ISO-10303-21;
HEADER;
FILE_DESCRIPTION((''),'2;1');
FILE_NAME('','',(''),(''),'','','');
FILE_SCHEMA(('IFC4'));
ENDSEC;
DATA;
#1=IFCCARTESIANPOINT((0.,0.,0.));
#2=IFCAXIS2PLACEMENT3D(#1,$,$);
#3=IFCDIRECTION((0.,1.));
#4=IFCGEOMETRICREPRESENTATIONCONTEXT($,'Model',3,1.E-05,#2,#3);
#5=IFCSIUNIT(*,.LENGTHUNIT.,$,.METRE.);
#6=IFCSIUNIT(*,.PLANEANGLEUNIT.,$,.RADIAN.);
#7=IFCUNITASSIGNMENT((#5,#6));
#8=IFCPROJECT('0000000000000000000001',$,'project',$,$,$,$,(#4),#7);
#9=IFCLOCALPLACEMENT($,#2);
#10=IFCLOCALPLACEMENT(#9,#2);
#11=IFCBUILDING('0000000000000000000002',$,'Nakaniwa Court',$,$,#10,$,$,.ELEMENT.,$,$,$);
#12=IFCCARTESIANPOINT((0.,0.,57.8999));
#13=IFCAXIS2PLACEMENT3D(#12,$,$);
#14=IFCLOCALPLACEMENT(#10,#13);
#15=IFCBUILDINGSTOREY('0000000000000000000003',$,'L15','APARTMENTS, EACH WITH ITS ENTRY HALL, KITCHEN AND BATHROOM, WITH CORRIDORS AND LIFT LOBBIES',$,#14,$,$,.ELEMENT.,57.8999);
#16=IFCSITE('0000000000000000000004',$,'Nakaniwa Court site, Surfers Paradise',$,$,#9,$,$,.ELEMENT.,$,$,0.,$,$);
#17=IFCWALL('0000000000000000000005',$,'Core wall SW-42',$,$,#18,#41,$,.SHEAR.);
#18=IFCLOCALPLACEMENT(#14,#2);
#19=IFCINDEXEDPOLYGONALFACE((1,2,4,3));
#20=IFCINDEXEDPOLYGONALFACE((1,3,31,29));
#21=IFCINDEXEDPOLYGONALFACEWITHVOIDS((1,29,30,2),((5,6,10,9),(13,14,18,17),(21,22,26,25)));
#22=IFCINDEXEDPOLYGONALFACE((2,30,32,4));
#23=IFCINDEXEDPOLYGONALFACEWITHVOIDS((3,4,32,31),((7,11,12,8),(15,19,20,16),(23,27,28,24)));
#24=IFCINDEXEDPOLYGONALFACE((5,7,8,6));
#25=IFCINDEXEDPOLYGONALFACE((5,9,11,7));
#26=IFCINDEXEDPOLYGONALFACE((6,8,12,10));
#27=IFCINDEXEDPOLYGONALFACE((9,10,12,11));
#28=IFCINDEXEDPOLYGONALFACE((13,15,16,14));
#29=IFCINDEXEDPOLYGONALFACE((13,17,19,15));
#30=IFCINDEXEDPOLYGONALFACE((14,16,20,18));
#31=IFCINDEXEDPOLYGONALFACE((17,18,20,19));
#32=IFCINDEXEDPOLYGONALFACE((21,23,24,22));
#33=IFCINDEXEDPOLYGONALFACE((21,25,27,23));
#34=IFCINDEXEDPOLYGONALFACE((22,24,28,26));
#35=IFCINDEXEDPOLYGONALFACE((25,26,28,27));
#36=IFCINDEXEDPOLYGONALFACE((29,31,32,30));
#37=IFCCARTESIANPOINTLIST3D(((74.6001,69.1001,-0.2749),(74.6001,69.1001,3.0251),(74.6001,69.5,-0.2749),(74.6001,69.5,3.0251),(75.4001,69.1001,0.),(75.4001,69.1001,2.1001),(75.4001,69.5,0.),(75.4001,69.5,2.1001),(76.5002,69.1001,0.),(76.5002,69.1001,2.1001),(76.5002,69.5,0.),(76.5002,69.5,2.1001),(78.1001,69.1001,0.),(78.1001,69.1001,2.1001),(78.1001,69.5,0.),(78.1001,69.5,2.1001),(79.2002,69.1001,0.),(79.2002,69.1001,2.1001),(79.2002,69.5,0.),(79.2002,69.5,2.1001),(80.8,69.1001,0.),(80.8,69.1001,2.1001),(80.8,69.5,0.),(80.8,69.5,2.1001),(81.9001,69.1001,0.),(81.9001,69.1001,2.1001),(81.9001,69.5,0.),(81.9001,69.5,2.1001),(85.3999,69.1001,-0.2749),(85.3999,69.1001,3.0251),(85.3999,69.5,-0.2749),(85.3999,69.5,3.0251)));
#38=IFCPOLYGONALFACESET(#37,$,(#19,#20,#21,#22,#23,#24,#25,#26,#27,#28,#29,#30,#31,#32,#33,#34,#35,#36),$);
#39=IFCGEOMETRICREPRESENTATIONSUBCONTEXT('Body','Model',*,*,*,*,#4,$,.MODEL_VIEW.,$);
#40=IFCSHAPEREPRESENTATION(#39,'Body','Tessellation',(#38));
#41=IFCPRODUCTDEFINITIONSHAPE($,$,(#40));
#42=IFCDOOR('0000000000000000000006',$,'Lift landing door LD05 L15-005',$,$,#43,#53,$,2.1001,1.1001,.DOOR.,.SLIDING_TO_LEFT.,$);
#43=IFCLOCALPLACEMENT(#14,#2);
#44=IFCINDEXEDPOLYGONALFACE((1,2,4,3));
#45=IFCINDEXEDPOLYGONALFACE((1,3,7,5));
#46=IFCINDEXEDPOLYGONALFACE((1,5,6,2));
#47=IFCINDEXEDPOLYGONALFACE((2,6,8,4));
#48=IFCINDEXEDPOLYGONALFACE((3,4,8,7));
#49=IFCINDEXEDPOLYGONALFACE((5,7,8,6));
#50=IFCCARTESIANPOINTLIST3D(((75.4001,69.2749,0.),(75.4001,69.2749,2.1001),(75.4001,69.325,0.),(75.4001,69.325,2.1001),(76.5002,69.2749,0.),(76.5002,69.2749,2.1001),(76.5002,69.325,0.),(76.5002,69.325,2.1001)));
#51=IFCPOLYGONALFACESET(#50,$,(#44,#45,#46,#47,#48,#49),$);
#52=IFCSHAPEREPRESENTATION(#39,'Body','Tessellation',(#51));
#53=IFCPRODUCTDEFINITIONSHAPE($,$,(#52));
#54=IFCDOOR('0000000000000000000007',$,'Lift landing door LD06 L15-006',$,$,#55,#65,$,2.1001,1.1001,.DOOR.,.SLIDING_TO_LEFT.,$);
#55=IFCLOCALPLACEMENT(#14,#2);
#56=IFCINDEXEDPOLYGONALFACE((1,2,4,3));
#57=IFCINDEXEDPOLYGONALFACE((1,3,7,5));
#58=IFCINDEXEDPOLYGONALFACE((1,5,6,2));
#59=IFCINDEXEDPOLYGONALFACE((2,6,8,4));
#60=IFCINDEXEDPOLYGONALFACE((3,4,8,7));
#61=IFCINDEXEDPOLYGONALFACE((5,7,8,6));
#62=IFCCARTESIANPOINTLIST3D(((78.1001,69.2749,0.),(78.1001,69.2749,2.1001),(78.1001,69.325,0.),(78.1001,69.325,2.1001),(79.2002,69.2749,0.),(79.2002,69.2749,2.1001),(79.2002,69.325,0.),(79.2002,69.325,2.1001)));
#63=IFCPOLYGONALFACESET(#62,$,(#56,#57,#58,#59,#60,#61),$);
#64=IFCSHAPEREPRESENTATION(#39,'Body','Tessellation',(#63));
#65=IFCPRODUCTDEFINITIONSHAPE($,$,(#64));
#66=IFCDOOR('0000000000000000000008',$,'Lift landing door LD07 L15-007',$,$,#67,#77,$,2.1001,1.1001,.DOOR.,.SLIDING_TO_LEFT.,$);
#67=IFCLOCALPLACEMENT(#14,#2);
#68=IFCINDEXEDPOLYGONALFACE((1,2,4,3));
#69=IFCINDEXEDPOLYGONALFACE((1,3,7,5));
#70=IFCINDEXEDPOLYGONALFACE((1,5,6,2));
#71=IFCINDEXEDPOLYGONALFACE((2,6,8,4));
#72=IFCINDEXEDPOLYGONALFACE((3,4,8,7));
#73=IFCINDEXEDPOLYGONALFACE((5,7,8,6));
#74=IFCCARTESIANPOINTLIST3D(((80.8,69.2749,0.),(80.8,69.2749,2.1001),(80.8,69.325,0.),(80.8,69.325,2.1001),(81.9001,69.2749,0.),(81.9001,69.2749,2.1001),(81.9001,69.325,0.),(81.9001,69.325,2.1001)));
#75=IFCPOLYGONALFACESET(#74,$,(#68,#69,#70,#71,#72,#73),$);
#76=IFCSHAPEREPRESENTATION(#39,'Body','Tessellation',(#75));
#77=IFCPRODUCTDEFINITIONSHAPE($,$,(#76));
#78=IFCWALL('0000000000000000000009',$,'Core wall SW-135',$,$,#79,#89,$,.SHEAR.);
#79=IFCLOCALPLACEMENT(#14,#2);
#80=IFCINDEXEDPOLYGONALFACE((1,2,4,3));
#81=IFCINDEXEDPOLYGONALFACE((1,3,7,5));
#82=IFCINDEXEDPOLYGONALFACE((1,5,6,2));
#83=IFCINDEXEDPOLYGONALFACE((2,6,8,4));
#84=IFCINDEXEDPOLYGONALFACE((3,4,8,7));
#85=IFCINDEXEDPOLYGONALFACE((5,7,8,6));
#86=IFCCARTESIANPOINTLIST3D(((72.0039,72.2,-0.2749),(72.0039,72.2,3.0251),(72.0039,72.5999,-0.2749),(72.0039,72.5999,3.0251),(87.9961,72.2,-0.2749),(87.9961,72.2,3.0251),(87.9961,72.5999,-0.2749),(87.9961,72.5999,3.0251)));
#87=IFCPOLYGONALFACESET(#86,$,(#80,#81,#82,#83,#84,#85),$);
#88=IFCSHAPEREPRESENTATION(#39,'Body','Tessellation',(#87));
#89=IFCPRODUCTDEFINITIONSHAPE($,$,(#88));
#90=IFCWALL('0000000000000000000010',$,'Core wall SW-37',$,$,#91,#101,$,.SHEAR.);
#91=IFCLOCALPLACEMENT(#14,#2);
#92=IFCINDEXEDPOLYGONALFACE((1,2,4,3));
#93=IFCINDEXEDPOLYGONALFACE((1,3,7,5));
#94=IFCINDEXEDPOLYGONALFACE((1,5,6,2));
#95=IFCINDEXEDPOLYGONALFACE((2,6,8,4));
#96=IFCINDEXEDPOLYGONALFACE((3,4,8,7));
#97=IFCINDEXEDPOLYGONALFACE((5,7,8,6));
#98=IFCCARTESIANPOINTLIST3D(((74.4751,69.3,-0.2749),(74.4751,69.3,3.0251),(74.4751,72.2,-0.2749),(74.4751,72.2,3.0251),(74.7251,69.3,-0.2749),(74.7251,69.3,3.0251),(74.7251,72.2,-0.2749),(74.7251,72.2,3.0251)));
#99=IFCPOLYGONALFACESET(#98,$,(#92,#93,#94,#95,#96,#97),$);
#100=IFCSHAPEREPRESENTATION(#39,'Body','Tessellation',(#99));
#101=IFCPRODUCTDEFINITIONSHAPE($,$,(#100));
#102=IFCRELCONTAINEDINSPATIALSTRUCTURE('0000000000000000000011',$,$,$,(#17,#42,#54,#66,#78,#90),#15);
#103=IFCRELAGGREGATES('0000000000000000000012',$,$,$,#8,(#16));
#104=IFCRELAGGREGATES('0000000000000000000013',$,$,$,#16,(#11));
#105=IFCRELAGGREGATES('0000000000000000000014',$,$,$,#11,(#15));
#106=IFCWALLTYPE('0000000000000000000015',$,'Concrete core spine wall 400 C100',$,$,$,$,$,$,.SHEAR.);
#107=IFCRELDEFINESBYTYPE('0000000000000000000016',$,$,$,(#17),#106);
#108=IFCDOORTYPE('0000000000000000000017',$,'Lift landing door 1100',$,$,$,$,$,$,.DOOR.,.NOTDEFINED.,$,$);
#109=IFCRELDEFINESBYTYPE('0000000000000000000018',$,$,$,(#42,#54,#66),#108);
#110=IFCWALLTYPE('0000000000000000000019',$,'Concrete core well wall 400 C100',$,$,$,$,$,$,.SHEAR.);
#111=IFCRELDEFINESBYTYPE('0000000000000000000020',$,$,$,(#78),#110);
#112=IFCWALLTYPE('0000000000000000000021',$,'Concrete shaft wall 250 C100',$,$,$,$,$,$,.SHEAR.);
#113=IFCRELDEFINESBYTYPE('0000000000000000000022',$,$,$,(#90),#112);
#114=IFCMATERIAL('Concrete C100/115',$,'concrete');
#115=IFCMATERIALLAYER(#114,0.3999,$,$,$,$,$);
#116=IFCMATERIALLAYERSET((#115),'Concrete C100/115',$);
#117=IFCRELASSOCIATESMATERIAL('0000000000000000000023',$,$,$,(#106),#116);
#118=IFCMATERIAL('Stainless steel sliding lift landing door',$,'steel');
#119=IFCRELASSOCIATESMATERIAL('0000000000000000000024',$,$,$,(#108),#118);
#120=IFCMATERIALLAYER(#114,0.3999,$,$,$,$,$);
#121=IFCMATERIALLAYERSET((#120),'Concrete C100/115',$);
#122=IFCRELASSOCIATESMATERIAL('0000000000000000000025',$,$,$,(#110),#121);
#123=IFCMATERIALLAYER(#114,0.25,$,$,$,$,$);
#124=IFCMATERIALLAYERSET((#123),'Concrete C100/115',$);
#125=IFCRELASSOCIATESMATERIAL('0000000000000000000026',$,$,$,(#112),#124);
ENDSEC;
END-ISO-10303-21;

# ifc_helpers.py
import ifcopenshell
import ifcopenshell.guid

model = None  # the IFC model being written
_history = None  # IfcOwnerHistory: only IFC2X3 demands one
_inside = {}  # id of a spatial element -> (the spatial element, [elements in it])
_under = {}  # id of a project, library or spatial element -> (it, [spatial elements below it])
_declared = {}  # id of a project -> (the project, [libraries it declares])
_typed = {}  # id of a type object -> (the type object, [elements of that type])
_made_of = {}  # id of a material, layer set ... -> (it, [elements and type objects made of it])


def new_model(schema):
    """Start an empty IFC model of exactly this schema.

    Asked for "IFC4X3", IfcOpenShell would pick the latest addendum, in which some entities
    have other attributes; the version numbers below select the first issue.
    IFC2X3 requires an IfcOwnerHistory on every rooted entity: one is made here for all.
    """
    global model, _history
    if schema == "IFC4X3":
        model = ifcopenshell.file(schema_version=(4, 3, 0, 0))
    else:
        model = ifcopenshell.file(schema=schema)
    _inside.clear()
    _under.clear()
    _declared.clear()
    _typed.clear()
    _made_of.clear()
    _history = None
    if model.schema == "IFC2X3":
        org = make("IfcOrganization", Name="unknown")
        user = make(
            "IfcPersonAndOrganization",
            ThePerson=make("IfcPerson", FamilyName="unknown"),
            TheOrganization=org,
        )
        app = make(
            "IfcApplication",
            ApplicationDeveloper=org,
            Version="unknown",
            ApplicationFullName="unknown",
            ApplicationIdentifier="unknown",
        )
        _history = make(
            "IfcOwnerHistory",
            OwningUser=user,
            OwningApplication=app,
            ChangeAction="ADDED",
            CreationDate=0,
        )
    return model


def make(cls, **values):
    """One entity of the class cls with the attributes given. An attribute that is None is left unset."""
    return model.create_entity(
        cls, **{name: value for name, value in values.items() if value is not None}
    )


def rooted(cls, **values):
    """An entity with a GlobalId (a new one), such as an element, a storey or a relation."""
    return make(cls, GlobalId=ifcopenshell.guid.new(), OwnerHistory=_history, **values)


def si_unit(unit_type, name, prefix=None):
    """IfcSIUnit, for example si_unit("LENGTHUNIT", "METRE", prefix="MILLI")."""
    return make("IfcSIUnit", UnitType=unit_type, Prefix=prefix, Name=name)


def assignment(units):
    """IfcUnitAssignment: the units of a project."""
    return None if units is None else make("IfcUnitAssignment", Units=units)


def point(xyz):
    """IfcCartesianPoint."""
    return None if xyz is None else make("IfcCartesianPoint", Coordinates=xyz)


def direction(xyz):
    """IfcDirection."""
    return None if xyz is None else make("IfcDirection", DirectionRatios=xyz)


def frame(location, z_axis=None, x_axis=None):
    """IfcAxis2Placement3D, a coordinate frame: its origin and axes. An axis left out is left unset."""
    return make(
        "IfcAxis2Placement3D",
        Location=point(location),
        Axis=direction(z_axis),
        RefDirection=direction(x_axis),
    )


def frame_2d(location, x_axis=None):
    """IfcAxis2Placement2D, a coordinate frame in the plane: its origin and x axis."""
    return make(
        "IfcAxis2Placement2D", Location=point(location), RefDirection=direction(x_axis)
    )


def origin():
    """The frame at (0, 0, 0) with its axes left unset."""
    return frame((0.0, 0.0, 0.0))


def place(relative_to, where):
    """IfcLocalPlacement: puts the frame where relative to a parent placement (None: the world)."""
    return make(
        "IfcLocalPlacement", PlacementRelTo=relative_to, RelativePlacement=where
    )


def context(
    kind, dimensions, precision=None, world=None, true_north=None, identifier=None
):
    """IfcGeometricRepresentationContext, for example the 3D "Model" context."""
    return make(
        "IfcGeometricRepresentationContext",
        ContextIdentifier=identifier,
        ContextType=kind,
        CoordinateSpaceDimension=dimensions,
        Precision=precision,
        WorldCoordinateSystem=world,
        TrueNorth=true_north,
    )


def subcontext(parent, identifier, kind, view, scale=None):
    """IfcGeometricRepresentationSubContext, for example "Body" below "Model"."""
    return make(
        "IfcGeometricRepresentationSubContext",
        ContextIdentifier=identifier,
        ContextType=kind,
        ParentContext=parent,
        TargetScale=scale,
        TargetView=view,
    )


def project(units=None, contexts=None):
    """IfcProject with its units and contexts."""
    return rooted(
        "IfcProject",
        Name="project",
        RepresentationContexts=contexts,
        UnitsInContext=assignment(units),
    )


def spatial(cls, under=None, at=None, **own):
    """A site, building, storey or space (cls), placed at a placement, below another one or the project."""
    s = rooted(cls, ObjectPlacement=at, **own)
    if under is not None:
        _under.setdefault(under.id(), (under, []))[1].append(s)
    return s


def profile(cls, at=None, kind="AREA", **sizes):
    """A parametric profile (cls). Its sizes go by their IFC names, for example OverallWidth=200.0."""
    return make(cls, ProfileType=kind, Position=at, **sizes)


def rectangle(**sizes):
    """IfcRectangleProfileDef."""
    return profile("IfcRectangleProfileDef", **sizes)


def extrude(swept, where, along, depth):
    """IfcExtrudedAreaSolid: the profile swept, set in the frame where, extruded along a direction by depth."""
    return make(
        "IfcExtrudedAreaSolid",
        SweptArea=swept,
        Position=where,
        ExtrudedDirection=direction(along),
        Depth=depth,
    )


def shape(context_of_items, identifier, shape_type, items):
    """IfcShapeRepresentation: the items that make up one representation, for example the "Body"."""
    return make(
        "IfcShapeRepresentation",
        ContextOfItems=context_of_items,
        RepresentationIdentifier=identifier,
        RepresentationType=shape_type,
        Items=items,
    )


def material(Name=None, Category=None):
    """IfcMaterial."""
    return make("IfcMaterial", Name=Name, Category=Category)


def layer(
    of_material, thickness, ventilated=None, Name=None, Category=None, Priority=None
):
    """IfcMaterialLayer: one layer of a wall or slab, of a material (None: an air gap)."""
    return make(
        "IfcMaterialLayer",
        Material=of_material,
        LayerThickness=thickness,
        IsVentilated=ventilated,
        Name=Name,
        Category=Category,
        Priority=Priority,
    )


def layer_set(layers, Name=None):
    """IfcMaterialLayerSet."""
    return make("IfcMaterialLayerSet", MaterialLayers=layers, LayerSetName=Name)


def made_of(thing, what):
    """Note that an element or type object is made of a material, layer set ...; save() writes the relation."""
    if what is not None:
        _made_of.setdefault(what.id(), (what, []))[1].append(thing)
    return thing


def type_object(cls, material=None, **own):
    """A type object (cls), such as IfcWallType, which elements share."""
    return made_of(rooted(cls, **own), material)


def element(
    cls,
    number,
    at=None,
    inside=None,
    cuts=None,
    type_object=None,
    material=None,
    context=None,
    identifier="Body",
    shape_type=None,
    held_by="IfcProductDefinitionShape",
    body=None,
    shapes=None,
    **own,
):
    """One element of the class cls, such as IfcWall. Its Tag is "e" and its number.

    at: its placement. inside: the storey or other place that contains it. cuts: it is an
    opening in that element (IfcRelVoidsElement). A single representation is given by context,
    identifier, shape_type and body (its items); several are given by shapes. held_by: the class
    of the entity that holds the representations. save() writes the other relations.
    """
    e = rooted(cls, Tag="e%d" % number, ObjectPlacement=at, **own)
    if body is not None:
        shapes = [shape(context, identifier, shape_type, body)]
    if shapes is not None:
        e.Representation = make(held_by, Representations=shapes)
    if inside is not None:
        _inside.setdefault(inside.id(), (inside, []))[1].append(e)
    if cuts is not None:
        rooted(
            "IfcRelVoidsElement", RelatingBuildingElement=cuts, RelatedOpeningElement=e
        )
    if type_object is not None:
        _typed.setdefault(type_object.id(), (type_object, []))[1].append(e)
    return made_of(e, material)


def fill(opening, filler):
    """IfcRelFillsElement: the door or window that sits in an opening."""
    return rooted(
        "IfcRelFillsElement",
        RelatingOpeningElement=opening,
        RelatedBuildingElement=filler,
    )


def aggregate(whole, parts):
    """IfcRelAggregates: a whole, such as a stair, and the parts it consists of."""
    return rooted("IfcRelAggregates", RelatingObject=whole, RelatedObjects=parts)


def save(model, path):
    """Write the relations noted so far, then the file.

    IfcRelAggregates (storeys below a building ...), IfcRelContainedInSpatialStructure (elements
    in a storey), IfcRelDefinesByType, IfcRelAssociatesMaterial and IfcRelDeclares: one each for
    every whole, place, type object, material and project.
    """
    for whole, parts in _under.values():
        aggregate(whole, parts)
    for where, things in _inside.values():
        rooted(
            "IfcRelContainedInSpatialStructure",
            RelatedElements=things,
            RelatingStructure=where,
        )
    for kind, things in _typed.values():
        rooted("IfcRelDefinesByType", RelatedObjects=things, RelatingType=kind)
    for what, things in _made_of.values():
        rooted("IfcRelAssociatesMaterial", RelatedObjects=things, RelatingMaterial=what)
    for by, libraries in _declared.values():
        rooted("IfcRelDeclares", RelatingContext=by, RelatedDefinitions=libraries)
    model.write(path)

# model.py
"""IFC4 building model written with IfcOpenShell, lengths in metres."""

from ifc_helpers import new_model, si_unit, direction, frame, frame_2d, origin, place, context, subcontext, project, spatial, rectangle, extrude, material, layer, layer_set, type_object, element, fill, save


model = new_model("IFC4")

# Units and contexts
model_context = context("Model", 3, precision=1e-05, world=origin(), true_north=direction((0.0, 1.0)))
body_context = subcontext(model_context, "Body", "Model", "MODEL_VIEW")
ifc_project = project(units=[si_unit("LENGTHUNIT", "METRE"), si_unit("PLANEANGLEUNIT", "RADIAN")], contexts=[model_context])

# Site, building, storey
site_placement = place(None, origin())
site = spatial("IfcSite", under=ifc_project, at=site_placement, Name="Nakaniwa Court site, Surfers Paradise", CompositionType="ELEMENT", RefElevation=0.0)
building_placement = place(site_placement, origin())
building = spatial("IfcBuilding", under=site, at=building_placement, Name="Nakaniwa Court", CompositionType="ELEMENT")
storey_placement = place(building_placement, frame((0.0, 0.0, 57.8999)))
storey = spatial("IfcBuildingStorey", under=building, at=storey_placement, Name="L15", Description="APARTMENTS, EACH WITH ITS ENTRY HALL, KITCHEN AND BATHROOM, WITH CORRIDORS AND LIFT LOBBIES", CompositionType="ELEMENT", Elevation=57.8999)

# Shared definitions
ifc_material_1 = material(Name="Concrete C100/115", Category="concrete")

# Wall, openings, doors
ifc_layer_1 = layer(ifc_material_1, 0.3999)
ifc_layer_set_1 = layer_set([ifc_layer_1], Name="Concrete C100/115")
wall_type_1 = type_object("IfcWallType", Name="Concrete core spine wall 400 C100", PredefinedType="SHEAR", material=ifc_layer_set_1)
wall_1_placement = place(storey_placement, frame((74.6001, 69.3, -0.2749), z_axis=(0.0, 0.0, 1.0), x_axis=(1.0, 0.0, 0.0)))
wall_1 = element("IfcWall", 1, at=wall_1_placement, inside=storey, type_object=wall_type_1, Name="Core wall SW-42", PredefinedType="SHEAR", context=body_context, shape_type="SweptSolid", body=[
    extrude(rectangle(XDim=10.7998, YDim=0.3999, at=frame_2d((5.3999, 0.0))), origin(), (0.0, 0.0, 1.0), 3.3),
])
opening_1_placement = place(wall_1_placement, frame((0.8, 0.0, 0.2749)))
opening_1 = element("IfcOpeningElement", 2, at=opening_1_placement, cuts=wall_1, PredefinedType="OPENING", context=body_context, shape_type="SweptSolid", body=[
    extrude(rectangle(XDim=1.1001, YDim=2.1001, at=frame_2d((0.55, 1.05))), frame((0.0, 0.21, 0.0), z_axis=(0.0, -1.0, 0.0), x_axis=(1.0, 0.0, 0.0)), (0.0, 0.0, 1.0), 0.4199),
])
opening_2_placement = place(wall_1_placement, frame((3.5, 0.0, 0.2749)))
opening_2 = element("IfcOpeningElement", 3, at=opening_2_placement, cuts=wall_1, PredefinedType="OPENING", context=body_context, shape_type="SweptSolid", body=[
    extrude(rectangle(XDim=1.1001, YDim=2.1001, at=frame_2d((0.55, 1.05))), frame((0.0, 0.21, 0.0), z_axis=(0.0, -1.0, 0.0), x_axis=(1.0, 0.0, 0.0)), (0.0, 0.0, 1.0), 0.4199),
])
opening_3_placement = place(wall_1_placement, frame((6.2, 0.0, 0.2749)))
opening_3 = element("IfcOpeningElement", 4, at=opening_3_placement, cuts=wall_1, PredefinedType="OPENING", context=body_context, shape_type="SweptSolid", body=[
    extrude(rectangle(XDim=1.1001, YDim=2.1001, at=frame_2d((0.55, 1.05))), frame((0.0, 0.21, 0.0), z_axis=(0.0, -1.0, 0.0), x_axis=(1.0, 0.0, 0.0)), (0.0, 0.0, 1.0), 0.4199),
])
ifc_material_2 = material(Name="Stainless steel sliding lift landing door", Category="steel")
door_type_1 = type_object("IfcDoorType", Name="Lift landing door 1100", OperationType="NOTDEFINED", PredefinedType="DOOR", material=ifc_material_2)
door_1_placement = place(opening_1_placement, origin())
door_1 = element("IfcDoor", 5, at=door_1_placement, inside=storey, type_object=door_type_1, Name="Lift landing door LD05 L15-005", OperationType="SLIDING_TO_LEFT", OverallHeight=2.1001, OverallWidth=1.1001, PredefinedType="DOOR", context=body_context, shape_type="SweptSolid", body=[
    extrude(rectangle(XDim=1.1001, YDim=2.1001, at=frame_2d((0.55, 1.05))), frame((0.0, 0.0249, 0.0), z_axis=(0.0, -1.0, 0.0), x_axis=(1.0, 0.0, 0.0)), (0.0, 0.0, 1.0), 0.05),
])
fill(opening_1, door_1)
door_2_placement = place(opening_2_placement, origin())
door_2 = element("IfcDoor", 6, at=door_2_placement, inside=storey, type_object=door_type_1, Name="Lift landing door LD06 L15-006", OperationType="SLIDING_TO_LEFT", OverallHeight=2.1001, OverallWidth=1.1001, PredefinedType="DOOR", context=body_context, shape_type="SweptSolid", body=[
    extrude(rectangle(XDim=1.1001, YDim=2.1001, at=frame_2d((0.55, 1.05))), frame((0.0, 0.0249, 0.0), z_axis=(0.0, -1.0, 0.0), x_axis=(1.0, 0.0, 0.0)), (0.0, 0.0, 1.0), 0.05),
])
fill(opening_2, door_2)
door_3_placement = place(opening_3_placement, origin())
door_3 = element("IfcDoor", 7, at=door_3_placement, inside=storey, type_object=door_type_1, Name="Lift landing door LD07 L15-007", OperationType="SLIDING_TO_LEFT", OverallHeight=2.1001, OverallWidth=1.1001, PredefinedType="DOOR", context=body_context, shape_type="SweptSolid", body=[
    extrude(rectangle(XDim=1.1001, YDim=2.1001, at=frame_2d((0.55, 1.05))), frame((0.0, 0.0249, 0.0), z_axis=(0.0, -1.0, 0.0), x_axis=(1.0, 0.0, 0.0)), (0.0, 0.0, 1.0), 0.05),
])
fill(opening_3, door_3)

# Walls
ifc_layer_2 = layer(ifc_material_1, 0.3999)
ifc_layer_set_2 = layer_set([ifc_layer_2], Name="Concrete C100/115")
wall_type_2 = type_object("IfcWallType", Name="Concrete core well wall 400 C100", PredefinedType="SHEAR", material=ifc_layer_set_2)
wall_2_placement = place(storey_placement, frame((72.0039, 72.3999, -0.2749), z_axis=(0.0, 0.0, 1.0), x_axis=(1.0, 0.0, 0.0)))
element("IfcWall", 8, at=wall_2_placement, inside=storey, type_object=wall_type_2, Name="Core wall SW-135", PredefinedType="SHEAR", context=body_context, shape_type="SweptSolid", body=[
    extrude(rectangle(XDim=15.9922, YDim=0.3999, at=frame_2d((7.9961, 0.0))), origin(), (0.0, 0.0, 1.0), 3.3),
])
ifc_layer_3 = layer(ifc_material_1, 0.25)
ifc_layer_set_3 = layer_set([ifc_layer_3], Name="Concrete C100/115")
wall_type_3 = type_object("IfcWallType", Name="Concrete shaft wall 250 C100", PredefinedType="SHEAR", material=ifc_layer_set_3)
wall_3_placement = place(storey_placement, frame((74.6001, 69.3, -0.2749), z_axis=(0.0, 0.0, 1.0), x_axis=(0.0, 1.0, 0.0)))
element("IfcWall", 9, at=wall_3_placement, inside=storey, type_object=wall_type_3, Name="Core wall SW-37", PredefinedType="SHEAR", context=body_context, shape_type="SweptSolid", body=[
    extrude(rectangle(XDim=2.8999, YDim=0.25, at=frame_2d((1.45, 0.0))), origin(), (0.0, 0.0, 1.0), 3.3),
])

save(model, "model.ifc")
